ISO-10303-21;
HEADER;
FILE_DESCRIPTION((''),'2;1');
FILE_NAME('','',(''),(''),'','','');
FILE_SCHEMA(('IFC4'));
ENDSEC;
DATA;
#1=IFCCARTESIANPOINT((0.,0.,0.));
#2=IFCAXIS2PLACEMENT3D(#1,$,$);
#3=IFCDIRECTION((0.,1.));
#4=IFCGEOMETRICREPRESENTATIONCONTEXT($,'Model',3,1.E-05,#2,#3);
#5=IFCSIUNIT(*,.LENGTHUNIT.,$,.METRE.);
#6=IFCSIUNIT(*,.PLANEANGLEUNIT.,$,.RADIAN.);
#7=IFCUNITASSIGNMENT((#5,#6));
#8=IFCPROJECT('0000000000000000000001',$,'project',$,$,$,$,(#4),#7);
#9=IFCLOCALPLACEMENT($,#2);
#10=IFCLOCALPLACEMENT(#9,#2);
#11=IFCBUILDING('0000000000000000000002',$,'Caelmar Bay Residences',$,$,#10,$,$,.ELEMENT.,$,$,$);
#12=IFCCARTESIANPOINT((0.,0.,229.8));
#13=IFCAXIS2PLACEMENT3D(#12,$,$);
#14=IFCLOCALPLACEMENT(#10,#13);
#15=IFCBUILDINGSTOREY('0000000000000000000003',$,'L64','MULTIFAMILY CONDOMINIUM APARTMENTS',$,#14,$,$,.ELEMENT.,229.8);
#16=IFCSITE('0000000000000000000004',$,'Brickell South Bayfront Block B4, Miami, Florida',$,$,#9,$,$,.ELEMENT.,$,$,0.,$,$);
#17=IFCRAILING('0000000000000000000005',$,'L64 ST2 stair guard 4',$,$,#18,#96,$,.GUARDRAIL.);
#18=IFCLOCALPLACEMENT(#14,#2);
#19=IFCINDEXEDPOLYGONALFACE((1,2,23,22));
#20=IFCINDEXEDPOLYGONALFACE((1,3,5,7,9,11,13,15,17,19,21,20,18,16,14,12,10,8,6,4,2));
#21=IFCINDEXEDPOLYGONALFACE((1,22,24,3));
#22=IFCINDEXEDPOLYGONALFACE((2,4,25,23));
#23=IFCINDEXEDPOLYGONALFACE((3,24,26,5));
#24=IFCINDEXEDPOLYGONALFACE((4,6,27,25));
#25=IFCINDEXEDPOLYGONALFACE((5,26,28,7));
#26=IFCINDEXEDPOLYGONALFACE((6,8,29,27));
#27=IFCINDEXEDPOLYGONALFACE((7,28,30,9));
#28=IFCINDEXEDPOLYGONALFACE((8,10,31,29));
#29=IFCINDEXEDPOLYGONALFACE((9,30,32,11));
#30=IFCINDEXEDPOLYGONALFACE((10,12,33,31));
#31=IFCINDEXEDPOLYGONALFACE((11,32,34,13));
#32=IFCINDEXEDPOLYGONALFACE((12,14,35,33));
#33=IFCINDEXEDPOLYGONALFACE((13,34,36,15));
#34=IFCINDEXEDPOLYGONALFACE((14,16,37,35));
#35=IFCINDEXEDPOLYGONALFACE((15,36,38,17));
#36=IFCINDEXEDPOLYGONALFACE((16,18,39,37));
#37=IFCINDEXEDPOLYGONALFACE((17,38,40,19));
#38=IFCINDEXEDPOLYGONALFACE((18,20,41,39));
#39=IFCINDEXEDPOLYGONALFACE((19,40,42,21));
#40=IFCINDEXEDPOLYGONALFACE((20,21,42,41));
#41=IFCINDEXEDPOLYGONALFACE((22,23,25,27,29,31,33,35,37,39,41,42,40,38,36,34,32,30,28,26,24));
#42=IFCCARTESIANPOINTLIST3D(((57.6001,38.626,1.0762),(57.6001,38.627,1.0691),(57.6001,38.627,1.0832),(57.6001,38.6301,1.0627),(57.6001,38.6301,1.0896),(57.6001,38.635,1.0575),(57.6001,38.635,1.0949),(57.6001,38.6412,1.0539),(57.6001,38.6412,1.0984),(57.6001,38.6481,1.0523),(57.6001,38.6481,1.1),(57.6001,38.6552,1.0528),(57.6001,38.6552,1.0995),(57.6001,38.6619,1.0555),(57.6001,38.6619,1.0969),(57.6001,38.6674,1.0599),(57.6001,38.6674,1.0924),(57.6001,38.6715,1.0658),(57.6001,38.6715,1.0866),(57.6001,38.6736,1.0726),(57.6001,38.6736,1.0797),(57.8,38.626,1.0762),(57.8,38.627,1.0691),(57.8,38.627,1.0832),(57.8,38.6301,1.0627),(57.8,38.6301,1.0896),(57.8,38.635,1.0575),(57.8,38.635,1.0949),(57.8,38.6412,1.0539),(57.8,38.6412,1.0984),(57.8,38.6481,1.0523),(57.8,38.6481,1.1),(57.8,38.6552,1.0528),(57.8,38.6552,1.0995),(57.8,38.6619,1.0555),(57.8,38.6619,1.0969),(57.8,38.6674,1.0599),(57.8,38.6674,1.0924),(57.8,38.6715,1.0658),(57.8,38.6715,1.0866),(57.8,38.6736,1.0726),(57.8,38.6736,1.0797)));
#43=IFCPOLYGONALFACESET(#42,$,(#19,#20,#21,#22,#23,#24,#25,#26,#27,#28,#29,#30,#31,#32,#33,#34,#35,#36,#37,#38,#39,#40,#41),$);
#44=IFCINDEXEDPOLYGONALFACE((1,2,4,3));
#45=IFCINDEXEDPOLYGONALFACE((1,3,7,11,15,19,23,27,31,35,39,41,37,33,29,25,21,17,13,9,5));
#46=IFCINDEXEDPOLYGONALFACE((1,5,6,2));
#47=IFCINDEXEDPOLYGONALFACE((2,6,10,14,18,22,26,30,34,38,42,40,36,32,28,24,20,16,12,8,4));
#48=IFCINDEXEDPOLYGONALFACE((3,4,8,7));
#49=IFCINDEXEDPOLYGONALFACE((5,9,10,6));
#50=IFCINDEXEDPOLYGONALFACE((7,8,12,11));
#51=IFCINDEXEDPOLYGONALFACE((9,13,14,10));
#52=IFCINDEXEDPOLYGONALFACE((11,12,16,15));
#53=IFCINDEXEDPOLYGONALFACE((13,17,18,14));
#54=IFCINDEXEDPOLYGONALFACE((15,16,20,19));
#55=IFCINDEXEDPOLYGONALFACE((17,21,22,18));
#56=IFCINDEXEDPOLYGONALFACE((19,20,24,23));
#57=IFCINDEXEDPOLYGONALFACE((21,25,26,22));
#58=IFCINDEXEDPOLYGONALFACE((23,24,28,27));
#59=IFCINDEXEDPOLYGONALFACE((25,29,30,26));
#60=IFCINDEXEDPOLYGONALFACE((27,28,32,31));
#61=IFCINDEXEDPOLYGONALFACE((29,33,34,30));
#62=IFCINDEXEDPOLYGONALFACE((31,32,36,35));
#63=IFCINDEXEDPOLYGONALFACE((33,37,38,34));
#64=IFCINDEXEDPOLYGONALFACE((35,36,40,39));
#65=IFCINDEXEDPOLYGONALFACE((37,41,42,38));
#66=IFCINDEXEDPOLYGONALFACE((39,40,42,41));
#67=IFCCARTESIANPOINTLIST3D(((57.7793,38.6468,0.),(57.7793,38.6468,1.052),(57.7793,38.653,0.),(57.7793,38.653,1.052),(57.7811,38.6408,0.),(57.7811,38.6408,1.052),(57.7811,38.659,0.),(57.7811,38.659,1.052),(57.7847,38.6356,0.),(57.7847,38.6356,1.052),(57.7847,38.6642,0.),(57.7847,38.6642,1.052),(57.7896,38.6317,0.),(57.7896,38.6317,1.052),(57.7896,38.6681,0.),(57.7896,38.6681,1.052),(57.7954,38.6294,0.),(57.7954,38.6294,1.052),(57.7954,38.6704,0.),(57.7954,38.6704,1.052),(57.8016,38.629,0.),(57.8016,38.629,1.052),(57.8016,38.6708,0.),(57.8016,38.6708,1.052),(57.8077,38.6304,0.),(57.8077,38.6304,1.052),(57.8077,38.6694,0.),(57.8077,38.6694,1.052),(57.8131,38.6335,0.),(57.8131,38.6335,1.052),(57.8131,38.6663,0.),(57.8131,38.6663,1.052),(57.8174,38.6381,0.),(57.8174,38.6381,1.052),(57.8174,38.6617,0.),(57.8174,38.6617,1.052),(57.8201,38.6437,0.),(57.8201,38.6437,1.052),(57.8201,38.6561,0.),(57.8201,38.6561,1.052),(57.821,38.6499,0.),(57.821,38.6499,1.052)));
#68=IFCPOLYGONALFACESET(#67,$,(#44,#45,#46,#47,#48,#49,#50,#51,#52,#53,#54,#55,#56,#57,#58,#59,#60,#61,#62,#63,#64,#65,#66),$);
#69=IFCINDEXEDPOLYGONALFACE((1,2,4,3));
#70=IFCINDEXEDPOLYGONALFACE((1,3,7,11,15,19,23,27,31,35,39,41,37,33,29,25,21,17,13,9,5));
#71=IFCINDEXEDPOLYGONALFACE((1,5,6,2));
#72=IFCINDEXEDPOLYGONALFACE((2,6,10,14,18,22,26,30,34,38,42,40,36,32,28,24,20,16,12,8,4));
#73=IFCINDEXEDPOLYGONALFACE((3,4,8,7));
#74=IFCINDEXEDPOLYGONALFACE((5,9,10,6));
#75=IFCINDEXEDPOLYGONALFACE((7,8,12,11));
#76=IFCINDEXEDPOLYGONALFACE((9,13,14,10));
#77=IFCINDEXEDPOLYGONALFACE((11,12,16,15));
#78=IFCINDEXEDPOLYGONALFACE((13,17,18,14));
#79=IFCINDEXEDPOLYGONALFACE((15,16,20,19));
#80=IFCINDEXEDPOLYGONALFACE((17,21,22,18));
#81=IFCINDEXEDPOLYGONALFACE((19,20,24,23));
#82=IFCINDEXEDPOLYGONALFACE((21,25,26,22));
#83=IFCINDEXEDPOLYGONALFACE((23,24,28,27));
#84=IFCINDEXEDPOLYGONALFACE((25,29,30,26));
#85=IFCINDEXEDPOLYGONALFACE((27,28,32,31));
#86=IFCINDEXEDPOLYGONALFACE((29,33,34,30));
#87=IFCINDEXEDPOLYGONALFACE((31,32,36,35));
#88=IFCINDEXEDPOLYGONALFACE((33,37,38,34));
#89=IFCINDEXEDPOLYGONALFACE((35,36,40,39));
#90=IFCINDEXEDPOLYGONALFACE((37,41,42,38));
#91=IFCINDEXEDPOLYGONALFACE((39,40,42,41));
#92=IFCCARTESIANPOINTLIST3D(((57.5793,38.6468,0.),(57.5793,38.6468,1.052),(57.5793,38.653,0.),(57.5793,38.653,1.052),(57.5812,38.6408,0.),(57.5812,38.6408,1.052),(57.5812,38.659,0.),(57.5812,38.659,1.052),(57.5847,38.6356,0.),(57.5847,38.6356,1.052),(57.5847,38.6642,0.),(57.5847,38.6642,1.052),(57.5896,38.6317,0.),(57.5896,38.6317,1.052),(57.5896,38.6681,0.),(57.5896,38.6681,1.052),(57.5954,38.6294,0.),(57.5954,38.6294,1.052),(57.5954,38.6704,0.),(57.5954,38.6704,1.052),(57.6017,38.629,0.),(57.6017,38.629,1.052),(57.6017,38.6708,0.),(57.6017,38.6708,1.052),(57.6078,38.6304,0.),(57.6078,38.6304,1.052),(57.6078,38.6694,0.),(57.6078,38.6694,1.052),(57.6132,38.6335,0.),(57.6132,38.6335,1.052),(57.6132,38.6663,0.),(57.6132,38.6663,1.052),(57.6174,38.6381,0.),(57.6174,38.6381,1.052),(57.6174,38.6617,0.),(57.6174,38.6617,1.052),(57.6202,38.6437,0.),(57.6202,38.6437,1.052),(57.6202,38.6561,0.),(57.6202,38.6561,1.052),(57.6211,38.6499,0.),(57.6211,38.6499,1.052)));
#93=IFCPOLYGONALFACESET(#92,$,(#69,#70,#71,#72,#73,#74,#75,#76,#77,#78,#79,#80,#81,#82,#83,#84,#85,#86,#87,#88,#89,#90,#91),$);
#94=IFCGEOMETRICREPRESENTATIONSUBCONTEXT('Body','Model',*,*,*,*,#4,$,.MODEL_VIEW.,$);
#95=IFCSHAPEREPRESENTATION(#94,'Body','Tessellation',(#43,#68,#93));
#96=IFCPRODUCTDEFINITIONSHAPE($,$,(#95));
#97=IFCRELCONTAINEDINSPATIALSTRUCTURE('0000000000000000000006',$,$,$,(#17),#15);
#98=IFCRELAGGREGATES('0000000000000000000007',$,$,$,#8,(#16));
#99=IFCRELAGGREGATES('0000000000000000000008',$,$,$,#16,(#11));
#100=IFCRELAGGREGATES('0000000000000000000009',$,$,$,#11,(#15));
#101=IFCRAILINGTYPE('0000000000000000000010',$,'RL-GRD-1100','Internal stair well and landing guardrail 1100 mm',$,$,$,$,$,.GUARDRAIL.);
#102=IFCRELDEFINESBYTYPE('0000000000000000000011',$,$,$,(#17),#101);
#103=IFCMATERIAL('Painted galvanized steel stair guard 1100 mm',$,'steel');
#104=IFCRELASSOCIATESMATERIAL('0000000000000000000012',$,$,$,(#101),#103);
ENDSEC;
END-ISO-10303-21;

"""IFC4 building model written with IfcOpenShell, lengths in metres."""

from ifc_helpers import new_model, si_unit, direction, frame, origin, origin_2d, place, context, subcontext, project, spatial, circle, extrude, material, type_object, element, save


model = new_model("IFC4")

# Units and contexts
model_context = context("Model", 3, precision=1e-05, world=origin(), true_north=direction((0.0, 1.0)))
body_context = subcontext(model_context, "Body", "Model", "MODEL_VIEW")
ifc_project = project(units=[si_unit("LENGTHUNIT", "METRE"), si_unit("PLANEANGLEUNIT", "RADIAN")], contexts=[model_context])

# Site, building, storey
site_placement = place(None, origin())
site = spatial("IfcSite", under=ifc_project, at=site_placement, Name="Brickell South Bayfront Block B4, Miami, Florida", CompositionType="ELEMENT", RefElevation=0.0)
building_placement = place(site_placement, origin())
building = spatial("IfcBuilding", under=site, at=building_placement, Name="Caelmar Bay Residences", CompositionType="ELEMENT")
storey_placement = place(building_placement, frame((0.0, 0.0, 229.8)))
storey = spatial("IfcBuildingStorey", under=building, at=storey_placement, Name="L64", Description="MULTIFAMILY CONDOMINIUM APARTMENTS", CompositionType="ELEMENT", Elevation=229.8)

# Railing
ifc_material_1 = material(Name="Painted galvanized steel stair guard 1100 mm", Category="steel")
railing_type_1 = type_object("IfcRailingType", Name="RL-GRD-1100", Description="Internal stair well and landing guardrail 1100 mm", PredefinedType="GUARDRAIL", material=ifc_material_1)
railing_1_placement = place(storey_placement, frame((57.8, 38.6499, 0.0)))
element("IfcRailing", 1, at=railing_1_placement, inside=storey, type_object=railing_type_1, Name="L64 ST2 stair guard 4", PredefinedType="GUARDRAIL", context=body_context, shape_type="SweptSolid", body=[
    extrude(circle(Radius=0.0239, at=origin_2d()), frame((0.0, 0.0, 1.0762), z_axis=(-1.0, 0.0, 0.0), x_axis=(0.0, -1.0, 0.0)), (0.0, 0.0, 1.0), 0.2),
    extrude(circle(Radius=0.021, at=origin_2d()), origin(), (0.0, 0.0, 1.0), 1.052),
    extrude(circle(Radius=0.021, at=origin_2d()), frame((-0.2, 0.0, 0.0)), (0.0, 0.0, 1.0), 1.052),
])

save(model, "model.ifc")
